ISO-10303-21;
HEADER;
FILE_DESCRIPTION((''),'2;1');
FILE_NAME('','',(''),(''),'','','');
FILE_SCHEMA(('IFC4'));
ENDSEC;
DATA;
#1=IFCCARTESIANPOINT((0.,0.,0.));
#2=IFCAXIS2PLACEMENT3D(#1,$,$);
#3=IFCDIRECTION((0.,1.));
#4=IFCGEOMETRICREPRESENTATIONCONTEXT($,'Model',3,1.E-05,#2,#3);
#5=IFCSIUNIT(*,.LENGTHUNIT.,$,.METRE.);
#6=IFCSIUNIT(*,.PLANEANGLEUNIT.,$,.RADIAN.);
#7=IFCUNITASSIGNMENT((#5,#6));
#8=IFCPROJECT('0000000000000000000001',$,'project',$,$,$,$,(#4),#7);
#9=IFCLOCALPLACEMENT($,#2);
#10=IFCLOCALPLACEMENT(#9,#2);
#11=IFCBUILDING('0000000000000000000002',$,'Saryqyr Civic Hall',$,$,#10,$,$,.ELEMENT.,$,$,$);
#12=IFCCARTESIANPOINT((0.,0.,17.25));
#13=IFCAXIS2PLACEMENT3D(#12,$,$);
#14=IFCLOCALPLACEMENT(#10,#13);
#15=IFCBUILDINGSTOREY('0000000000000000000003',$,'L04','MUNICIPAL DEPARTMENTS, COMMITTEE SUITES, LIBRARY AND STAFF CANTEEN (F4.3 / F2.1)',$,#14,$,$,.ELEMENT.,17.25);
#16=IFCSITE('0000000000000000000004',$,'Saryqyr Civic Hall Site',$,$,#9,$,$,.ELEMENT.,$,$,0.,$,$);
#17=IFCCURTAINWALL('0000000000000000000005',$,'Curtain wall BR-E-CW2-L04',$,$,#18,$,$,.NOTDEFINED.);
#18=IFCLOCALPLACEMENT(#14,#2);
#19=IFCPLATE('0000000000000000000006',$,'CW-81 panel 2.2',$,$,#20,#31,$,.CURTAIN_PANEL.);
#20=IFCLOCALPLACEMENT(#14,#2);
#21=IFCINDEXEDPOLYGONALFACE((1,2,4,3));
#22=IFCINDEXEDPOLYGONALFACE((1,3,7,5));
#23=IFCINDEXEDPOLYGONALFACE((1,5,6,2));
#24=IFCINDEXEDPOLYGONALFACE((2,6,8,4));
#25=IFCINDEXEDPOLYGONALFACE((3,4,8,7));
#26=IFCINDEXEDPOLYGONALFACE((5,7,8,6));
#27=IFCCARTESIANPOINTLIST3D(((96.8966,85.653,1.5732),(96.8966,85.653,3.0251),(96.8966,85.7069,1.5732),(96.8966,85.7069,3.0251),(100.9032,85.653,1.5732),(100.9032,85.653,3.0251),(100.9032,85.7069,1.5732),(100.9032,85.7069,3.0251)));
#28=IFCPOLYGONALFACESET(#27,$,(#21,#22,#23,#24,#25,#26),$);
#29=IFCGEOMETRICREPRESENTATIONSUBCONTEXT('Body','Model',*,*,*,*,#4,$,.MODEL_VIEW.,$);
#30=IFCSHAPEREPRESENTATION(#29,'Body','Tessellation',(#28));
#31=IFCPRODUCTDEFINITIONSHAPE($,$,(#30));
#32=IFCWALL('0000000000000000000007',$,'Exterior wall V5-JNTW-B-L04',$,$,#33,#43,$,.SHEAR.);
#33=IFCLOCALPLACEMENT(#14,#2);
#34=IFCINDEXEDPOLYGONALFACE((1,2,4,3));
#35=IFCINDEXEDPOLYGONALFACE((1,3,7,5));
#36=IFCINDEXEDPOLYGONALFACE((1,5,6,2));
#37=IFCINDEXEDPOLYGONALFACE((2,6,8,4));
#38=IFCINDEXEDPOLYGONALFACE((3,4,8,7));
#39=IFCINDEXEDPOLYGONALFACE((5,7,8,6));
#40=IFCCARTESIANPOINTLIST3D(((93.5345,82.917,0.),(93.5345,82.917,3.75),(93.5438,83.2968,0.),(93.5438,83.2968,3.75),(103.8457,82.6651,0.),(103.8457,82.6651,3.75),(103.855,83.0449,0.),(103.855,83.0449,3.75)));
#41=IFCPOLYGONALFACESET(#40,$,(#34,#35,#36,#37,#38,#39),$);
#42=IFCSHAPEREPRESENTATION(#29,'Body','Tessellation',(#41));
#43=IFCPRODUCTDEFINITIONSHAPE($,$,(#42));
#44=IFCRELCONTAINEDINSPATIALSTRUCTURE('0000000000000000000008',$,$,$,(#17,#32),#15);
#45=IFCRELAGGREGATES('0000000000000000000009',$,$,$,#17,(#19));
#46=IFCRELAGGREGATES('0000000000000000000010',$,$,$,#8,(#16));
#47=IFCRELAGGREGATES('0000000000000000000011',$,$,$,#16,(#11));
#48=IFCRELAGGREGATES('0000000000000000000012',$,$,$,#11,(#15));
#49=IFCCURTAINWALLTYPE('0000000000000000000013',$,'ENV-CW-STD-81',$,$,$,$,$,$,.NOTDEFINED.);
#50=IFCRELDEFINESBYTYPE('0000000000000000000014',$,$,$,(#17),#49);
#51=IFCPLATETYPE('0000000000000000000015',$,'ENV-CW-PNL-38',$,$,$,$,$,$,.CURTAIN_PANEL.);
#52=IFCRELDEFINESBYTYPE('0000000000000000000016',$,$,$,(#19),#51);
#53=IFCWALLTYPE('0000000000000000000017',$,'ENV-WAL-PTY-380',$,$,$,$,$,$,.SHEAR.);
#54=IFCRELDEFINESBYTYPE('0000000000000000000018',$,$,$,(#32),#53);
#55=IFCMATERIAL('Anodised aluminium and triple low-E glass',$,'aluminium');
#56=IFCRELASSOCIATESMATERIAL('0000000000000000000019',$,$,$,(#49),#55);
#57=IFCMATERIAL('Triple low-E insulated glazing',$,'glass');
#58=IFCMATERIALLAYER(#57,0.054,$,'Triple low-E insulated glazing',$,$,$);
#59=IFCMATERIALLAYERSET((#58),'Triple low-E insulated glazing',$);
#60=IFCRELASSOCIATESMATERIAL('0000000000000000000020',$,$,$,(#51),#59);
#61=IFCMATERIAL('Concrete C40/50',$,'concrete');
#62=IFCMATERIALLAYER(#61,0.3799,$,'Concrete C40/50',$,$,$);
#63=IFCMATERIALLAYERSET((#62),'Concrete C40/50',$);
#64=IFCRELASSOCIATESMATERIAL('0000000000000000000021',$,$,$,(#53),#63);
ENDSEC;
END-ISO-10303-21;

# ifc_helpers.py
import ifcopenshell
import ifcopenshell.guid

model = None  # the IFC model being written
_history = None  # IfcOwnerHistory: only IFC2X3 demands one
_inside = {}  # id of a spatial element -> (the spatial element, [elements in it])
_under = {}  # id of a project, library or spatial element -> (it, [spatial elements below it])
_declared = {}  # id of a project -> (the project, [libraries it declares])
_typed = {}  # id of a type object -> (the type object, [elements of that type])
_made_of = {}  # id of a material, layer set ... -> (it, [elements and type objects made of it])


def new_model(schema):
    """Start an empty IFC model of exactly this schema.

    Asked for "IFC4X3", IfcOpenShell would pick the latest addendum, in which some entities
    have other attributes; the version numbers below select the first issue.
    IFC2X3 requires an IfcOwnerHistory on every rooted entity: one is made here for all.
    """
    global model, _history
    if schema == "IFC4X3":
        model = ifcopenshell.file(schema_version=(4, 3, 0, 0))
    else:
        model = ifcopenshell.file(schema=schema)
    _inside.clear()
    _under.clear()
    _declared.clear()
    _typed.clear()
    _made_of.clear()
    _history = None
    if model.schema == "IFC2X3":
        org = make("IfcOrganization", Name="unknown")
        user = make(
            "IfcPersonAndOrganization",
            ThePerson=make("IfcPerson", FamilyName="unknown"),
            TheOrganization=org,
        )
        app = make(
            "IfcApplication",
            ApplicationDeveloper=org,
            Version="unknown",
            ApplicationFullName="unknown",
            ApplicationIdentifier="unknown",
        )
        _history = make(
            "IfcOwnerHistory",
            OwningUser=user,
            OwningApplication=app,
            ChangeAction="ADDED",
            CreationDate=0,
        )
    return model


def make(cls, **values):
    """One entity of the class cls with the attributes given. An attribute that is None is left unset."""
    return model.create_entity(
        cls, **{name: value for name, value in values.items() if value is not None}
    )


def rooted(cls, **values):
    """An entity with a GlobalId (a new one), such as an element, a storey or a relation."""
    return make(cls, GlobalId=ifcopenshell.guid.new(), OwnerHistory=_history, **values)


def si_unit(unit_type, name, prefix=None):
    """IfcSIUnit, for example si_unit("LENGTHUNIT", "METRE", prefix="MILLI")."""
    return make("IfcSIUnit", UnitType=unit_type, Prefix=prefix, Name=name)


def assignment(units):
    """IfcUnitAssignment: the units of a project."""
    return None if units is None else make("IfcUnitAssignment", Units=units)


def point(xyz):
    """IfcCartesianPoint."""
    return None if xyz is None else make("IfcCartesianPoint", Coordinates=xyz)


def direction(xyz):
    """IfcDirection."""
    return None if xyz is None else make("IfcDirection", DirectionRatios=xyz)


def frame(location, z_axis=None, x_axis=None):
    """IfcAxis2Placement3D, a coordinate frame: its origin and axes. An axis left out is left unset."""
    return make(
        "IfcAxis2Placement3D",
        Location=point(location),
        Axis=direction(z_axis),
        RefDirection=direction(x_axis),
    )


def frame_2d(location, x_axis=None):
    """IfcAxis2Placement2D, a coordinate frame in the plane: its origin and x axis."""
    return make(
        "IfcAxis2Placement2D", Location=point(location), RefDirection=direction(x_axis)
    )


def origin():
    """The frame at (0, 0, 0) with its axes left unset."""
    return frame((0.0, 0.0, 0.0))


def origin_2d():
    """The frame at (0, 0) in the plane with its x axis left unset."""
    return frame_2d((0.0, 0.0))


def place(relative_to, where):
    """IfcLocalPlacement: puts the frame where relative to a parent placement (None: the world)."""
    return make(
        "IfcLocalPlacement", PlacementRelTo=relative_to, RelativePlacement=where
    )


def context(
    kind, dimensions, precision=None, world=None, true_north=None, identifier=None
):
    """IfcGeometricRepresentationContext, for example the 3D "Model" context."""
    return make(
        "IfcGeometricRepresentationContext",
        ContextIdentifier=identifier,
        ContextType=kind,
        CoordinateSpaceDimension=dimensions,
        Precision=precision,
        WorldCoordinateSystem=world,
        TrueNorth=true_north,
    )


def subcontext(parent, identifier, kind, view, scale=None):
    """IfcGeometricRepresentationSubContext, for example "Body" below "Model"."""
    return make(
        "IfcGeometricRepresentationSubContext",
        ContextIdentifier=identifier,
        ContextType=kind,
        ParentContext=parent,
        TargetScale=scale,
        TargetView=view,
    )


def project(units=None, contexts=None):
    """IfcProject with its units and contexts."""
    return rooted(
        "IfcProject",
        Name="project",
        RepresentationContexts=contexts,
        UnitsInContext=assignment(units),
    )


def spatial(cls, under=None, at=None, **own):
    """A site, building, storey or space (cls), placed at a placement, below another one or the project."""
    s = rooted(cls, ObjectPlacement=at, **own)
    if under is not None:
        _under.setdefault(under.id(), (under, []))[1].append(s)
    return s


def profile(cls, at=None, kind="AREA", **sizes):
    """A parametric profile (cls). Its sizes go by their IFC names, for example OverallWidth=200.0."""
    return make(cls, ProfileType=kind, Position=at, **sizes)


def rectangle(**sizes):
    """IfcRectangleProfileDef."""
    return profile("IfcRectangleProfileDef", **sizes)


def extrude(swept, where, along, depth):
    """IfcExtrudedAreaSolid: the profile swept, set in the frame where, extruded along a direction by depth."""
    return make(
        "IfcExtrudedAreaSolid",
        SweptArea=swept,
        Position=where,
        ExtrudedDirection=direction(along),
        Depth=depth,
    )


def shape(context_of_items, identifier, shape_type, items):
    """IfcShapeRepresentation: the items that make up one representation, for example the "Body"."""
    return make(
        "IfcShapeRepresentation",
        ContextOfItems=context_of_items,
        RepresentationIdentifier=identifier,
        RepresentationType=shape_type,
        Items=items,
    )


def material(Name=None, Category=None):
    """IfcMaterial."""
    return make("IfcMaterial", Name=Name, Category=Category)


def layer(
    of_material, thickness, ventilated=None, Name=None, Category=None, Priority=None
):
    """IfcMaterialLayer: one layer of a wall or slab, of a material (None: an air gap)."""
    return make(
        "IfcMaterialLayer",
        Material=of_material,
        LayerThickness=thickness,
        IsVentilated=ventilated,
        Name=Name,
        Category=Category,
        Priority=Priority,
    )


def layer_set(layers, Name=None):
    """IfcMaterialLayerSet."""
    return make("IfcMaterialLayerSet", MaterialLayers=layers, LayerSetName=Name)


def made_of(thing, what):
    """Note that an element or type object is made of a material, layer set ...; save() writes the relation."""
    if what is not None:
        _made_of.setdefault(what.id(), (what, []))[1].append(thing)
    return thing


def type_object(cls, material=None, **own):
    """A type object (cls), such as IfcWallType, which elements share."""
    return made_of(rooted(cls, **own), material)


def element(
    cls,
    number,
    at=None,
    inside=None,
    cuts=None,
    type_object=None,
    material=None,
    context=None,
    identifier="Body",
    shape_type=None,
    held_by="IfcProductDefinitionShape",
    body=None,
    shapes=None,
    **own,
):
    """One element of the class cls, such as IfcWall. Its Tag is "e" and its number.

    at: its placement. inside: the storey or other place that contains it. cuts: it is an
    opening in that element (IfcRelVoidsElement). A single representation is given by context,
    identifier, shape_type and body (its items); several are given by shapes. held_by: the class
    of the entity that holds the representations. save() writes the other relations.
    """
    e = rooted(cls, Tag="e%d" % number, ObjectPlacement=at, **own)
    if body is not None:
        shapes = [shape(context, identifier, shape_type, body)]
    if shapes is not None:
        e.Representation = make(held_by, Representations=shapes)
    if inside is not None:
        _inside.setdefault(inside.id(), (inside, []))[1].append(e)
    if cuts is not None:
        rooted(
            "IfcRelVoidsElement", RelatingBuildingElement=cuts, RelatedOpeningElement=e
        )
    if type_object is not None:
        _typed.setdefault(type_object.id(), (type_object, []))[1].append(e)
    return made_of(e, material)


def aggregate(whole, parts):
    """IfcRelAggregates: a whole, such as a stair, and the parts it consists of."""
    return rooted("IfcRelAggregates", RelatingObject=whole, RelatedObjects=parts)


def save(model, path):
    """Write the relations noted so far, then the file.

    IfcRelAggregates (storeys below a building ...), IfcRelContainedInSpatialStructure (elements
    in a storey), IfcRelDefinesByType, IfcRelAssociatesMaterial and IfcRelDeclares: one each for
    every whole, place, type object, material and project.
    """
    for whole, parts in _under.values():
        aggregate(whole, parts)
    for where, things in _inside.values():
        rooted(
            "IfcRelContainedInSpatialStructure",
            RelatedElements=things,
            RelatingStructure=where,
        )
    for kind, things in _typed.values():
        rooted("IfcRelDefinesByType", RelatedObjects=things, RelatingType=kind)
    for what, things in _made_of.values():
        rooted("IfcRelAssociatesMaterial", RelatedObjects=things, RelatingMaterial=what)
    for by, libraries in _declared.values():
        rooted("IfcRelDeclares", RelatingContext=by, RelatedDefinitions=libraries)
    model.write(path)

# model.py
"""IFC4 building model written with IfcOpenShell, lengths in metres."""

from ifc_helpers import new_model, si_unit, direction, frame, frame_2d, origin, origin_2d, place, context, subcontext, project, spatial, rectangle, extrude, material, layer, layer_set, type_object, element, aggregate, save


model = new_model("IFC4")

# Units and contexts
model_context = context("Model", 3, precision=1e-05, world=origin(), true_north=direction((0.0, 1.0)))
body_context = subcontext(model_context, "Body", "Model", "MODEL_VIEW")
ifc_project = project(units=[si_unit("LENGTHUNIT", "METRE"), si_unit("PLANEANGLEUNIT", "RADIAN")], contexts=[model_context])

# Site, building, storey
site_placement = place(None, origin())
site = spatial("IfcSite", under=ifc_project, at=site_placement, Name="Saryqyr Civic Hall Site", CompositionType="ELEMENT", RefElevation=0.0)
building_placement = place(site_placement, origin())
building = spatial("IfcBuilding", under=site, at=building_placement, Name="Saryqyr Civic Hall", CompositionType="ELEMENT")
storey_placement = place(building_placement, frame((0.0, 0.0, 17.25)))
storey = spatial("IfcBuildingStorey", under=building, at=storey_placement, Name="L04", Description="MUNICIPAL DEPARTMENTS, COMMITTEE SUITES, LIBRARY AND STAFF CANTEEN (F4.3 / F2.1)", CompositionType="ELEMENT", Elevation=17.25)

# Shared definitions
ifc_material_1 = material(Name="Concrete C40/50", Category="concrete")

# Curtain wall
ifc_material_2 = material(Name="Anodised aluminium and triple low-E glass", Category="aluminium")
curtain_wall_type_1 = type_object("IfcCurtainWallType", Name="ENV-CW-STD-81", PredefinedType="NOTDEFINED", material=ifc_material_2)
curtain_wall_1_placement = place(storey_placement, origin())
curtain_wall_1 = element("IfcCurtainWall", 1, at=curtain_wall_1_placement, inside=storey, type_object=curtain_wall_type_1, Name="Curtain wall BR-E-CW2-L04", PredefinedType="NOTDEFINED")

# Plate
ifc_material_3 = material(Name="Triple low-E insulated glazing", Category="glass")
ifc_layer_1 = layer(ifc_material_3, 0.054, Name="Triple low-E insulated glazing")
ifc_layer_set_1 = layer_set([ifc_layer_1], Name="Triple low-E insulated glazing")
plate_type = type_object("IfcPlateType", Name="ENV-CW-PNL-38", PredefinedType="CURTAIN_PANEL", material=ifc_layer_set_1)
plate_1_placement = place(storey_placement, frame((98.8999, 85.6799, 1.5732), z_axis=(0.0, 0.0, 1.0), x_axis=(1.0, 0.0, 0.0)))
plate_1 = element("IfcPlate", 2, at=plate_1_placement, type_object=plate_type, Name="CW-81 panel 2.2", PredefinedType="CURTAIN_PANEL", context=body_context, shape_type="SweptSolid", body=[
    extrude(rectangle(XDim=4.0066, YDim=0.054, at=origin_2d()), origin(), (0.0, 0.0, 1.0), 1.4519),
])
aggregate(curtain_wall_1, [plate_1])

# Wall
ifc_layer_2 = layer(ifc_material_1, 0.3799, Name="Concrete C40/50")
ifc_layer_set_2 = layer_set([ifc_layer_2], Name="Concrete C40/50")
wall_type = type_object("IfcWallType", Name="ENV-WAL-PTY-380", PredefinedType="SHEAR", material=ifc_layer_set_2)
wall_placement = place(storey_placement, frame((93.5391, 83.1069, 0.0), z_axis=(0.0, 0.0, 1.0), x_axis=(0.999702, -0.024428, 0.0)))
element("IfcWall", 3, at=wall_placement, inside=storey, type_object=wall_type, Name="Exterior wall V5-JNTW-B-L04", PredefinedType="SHEAR", context=body_context, shape_type="SweptSolid", body=[
    extrude(rectangle(XDim=10.3142, YDim=0.3799, at=frame_2d((5.1572, 0.0))), origin(), (0.0, 0.0, 1.0), 3.75),
])

save(model, "model.ifc")
